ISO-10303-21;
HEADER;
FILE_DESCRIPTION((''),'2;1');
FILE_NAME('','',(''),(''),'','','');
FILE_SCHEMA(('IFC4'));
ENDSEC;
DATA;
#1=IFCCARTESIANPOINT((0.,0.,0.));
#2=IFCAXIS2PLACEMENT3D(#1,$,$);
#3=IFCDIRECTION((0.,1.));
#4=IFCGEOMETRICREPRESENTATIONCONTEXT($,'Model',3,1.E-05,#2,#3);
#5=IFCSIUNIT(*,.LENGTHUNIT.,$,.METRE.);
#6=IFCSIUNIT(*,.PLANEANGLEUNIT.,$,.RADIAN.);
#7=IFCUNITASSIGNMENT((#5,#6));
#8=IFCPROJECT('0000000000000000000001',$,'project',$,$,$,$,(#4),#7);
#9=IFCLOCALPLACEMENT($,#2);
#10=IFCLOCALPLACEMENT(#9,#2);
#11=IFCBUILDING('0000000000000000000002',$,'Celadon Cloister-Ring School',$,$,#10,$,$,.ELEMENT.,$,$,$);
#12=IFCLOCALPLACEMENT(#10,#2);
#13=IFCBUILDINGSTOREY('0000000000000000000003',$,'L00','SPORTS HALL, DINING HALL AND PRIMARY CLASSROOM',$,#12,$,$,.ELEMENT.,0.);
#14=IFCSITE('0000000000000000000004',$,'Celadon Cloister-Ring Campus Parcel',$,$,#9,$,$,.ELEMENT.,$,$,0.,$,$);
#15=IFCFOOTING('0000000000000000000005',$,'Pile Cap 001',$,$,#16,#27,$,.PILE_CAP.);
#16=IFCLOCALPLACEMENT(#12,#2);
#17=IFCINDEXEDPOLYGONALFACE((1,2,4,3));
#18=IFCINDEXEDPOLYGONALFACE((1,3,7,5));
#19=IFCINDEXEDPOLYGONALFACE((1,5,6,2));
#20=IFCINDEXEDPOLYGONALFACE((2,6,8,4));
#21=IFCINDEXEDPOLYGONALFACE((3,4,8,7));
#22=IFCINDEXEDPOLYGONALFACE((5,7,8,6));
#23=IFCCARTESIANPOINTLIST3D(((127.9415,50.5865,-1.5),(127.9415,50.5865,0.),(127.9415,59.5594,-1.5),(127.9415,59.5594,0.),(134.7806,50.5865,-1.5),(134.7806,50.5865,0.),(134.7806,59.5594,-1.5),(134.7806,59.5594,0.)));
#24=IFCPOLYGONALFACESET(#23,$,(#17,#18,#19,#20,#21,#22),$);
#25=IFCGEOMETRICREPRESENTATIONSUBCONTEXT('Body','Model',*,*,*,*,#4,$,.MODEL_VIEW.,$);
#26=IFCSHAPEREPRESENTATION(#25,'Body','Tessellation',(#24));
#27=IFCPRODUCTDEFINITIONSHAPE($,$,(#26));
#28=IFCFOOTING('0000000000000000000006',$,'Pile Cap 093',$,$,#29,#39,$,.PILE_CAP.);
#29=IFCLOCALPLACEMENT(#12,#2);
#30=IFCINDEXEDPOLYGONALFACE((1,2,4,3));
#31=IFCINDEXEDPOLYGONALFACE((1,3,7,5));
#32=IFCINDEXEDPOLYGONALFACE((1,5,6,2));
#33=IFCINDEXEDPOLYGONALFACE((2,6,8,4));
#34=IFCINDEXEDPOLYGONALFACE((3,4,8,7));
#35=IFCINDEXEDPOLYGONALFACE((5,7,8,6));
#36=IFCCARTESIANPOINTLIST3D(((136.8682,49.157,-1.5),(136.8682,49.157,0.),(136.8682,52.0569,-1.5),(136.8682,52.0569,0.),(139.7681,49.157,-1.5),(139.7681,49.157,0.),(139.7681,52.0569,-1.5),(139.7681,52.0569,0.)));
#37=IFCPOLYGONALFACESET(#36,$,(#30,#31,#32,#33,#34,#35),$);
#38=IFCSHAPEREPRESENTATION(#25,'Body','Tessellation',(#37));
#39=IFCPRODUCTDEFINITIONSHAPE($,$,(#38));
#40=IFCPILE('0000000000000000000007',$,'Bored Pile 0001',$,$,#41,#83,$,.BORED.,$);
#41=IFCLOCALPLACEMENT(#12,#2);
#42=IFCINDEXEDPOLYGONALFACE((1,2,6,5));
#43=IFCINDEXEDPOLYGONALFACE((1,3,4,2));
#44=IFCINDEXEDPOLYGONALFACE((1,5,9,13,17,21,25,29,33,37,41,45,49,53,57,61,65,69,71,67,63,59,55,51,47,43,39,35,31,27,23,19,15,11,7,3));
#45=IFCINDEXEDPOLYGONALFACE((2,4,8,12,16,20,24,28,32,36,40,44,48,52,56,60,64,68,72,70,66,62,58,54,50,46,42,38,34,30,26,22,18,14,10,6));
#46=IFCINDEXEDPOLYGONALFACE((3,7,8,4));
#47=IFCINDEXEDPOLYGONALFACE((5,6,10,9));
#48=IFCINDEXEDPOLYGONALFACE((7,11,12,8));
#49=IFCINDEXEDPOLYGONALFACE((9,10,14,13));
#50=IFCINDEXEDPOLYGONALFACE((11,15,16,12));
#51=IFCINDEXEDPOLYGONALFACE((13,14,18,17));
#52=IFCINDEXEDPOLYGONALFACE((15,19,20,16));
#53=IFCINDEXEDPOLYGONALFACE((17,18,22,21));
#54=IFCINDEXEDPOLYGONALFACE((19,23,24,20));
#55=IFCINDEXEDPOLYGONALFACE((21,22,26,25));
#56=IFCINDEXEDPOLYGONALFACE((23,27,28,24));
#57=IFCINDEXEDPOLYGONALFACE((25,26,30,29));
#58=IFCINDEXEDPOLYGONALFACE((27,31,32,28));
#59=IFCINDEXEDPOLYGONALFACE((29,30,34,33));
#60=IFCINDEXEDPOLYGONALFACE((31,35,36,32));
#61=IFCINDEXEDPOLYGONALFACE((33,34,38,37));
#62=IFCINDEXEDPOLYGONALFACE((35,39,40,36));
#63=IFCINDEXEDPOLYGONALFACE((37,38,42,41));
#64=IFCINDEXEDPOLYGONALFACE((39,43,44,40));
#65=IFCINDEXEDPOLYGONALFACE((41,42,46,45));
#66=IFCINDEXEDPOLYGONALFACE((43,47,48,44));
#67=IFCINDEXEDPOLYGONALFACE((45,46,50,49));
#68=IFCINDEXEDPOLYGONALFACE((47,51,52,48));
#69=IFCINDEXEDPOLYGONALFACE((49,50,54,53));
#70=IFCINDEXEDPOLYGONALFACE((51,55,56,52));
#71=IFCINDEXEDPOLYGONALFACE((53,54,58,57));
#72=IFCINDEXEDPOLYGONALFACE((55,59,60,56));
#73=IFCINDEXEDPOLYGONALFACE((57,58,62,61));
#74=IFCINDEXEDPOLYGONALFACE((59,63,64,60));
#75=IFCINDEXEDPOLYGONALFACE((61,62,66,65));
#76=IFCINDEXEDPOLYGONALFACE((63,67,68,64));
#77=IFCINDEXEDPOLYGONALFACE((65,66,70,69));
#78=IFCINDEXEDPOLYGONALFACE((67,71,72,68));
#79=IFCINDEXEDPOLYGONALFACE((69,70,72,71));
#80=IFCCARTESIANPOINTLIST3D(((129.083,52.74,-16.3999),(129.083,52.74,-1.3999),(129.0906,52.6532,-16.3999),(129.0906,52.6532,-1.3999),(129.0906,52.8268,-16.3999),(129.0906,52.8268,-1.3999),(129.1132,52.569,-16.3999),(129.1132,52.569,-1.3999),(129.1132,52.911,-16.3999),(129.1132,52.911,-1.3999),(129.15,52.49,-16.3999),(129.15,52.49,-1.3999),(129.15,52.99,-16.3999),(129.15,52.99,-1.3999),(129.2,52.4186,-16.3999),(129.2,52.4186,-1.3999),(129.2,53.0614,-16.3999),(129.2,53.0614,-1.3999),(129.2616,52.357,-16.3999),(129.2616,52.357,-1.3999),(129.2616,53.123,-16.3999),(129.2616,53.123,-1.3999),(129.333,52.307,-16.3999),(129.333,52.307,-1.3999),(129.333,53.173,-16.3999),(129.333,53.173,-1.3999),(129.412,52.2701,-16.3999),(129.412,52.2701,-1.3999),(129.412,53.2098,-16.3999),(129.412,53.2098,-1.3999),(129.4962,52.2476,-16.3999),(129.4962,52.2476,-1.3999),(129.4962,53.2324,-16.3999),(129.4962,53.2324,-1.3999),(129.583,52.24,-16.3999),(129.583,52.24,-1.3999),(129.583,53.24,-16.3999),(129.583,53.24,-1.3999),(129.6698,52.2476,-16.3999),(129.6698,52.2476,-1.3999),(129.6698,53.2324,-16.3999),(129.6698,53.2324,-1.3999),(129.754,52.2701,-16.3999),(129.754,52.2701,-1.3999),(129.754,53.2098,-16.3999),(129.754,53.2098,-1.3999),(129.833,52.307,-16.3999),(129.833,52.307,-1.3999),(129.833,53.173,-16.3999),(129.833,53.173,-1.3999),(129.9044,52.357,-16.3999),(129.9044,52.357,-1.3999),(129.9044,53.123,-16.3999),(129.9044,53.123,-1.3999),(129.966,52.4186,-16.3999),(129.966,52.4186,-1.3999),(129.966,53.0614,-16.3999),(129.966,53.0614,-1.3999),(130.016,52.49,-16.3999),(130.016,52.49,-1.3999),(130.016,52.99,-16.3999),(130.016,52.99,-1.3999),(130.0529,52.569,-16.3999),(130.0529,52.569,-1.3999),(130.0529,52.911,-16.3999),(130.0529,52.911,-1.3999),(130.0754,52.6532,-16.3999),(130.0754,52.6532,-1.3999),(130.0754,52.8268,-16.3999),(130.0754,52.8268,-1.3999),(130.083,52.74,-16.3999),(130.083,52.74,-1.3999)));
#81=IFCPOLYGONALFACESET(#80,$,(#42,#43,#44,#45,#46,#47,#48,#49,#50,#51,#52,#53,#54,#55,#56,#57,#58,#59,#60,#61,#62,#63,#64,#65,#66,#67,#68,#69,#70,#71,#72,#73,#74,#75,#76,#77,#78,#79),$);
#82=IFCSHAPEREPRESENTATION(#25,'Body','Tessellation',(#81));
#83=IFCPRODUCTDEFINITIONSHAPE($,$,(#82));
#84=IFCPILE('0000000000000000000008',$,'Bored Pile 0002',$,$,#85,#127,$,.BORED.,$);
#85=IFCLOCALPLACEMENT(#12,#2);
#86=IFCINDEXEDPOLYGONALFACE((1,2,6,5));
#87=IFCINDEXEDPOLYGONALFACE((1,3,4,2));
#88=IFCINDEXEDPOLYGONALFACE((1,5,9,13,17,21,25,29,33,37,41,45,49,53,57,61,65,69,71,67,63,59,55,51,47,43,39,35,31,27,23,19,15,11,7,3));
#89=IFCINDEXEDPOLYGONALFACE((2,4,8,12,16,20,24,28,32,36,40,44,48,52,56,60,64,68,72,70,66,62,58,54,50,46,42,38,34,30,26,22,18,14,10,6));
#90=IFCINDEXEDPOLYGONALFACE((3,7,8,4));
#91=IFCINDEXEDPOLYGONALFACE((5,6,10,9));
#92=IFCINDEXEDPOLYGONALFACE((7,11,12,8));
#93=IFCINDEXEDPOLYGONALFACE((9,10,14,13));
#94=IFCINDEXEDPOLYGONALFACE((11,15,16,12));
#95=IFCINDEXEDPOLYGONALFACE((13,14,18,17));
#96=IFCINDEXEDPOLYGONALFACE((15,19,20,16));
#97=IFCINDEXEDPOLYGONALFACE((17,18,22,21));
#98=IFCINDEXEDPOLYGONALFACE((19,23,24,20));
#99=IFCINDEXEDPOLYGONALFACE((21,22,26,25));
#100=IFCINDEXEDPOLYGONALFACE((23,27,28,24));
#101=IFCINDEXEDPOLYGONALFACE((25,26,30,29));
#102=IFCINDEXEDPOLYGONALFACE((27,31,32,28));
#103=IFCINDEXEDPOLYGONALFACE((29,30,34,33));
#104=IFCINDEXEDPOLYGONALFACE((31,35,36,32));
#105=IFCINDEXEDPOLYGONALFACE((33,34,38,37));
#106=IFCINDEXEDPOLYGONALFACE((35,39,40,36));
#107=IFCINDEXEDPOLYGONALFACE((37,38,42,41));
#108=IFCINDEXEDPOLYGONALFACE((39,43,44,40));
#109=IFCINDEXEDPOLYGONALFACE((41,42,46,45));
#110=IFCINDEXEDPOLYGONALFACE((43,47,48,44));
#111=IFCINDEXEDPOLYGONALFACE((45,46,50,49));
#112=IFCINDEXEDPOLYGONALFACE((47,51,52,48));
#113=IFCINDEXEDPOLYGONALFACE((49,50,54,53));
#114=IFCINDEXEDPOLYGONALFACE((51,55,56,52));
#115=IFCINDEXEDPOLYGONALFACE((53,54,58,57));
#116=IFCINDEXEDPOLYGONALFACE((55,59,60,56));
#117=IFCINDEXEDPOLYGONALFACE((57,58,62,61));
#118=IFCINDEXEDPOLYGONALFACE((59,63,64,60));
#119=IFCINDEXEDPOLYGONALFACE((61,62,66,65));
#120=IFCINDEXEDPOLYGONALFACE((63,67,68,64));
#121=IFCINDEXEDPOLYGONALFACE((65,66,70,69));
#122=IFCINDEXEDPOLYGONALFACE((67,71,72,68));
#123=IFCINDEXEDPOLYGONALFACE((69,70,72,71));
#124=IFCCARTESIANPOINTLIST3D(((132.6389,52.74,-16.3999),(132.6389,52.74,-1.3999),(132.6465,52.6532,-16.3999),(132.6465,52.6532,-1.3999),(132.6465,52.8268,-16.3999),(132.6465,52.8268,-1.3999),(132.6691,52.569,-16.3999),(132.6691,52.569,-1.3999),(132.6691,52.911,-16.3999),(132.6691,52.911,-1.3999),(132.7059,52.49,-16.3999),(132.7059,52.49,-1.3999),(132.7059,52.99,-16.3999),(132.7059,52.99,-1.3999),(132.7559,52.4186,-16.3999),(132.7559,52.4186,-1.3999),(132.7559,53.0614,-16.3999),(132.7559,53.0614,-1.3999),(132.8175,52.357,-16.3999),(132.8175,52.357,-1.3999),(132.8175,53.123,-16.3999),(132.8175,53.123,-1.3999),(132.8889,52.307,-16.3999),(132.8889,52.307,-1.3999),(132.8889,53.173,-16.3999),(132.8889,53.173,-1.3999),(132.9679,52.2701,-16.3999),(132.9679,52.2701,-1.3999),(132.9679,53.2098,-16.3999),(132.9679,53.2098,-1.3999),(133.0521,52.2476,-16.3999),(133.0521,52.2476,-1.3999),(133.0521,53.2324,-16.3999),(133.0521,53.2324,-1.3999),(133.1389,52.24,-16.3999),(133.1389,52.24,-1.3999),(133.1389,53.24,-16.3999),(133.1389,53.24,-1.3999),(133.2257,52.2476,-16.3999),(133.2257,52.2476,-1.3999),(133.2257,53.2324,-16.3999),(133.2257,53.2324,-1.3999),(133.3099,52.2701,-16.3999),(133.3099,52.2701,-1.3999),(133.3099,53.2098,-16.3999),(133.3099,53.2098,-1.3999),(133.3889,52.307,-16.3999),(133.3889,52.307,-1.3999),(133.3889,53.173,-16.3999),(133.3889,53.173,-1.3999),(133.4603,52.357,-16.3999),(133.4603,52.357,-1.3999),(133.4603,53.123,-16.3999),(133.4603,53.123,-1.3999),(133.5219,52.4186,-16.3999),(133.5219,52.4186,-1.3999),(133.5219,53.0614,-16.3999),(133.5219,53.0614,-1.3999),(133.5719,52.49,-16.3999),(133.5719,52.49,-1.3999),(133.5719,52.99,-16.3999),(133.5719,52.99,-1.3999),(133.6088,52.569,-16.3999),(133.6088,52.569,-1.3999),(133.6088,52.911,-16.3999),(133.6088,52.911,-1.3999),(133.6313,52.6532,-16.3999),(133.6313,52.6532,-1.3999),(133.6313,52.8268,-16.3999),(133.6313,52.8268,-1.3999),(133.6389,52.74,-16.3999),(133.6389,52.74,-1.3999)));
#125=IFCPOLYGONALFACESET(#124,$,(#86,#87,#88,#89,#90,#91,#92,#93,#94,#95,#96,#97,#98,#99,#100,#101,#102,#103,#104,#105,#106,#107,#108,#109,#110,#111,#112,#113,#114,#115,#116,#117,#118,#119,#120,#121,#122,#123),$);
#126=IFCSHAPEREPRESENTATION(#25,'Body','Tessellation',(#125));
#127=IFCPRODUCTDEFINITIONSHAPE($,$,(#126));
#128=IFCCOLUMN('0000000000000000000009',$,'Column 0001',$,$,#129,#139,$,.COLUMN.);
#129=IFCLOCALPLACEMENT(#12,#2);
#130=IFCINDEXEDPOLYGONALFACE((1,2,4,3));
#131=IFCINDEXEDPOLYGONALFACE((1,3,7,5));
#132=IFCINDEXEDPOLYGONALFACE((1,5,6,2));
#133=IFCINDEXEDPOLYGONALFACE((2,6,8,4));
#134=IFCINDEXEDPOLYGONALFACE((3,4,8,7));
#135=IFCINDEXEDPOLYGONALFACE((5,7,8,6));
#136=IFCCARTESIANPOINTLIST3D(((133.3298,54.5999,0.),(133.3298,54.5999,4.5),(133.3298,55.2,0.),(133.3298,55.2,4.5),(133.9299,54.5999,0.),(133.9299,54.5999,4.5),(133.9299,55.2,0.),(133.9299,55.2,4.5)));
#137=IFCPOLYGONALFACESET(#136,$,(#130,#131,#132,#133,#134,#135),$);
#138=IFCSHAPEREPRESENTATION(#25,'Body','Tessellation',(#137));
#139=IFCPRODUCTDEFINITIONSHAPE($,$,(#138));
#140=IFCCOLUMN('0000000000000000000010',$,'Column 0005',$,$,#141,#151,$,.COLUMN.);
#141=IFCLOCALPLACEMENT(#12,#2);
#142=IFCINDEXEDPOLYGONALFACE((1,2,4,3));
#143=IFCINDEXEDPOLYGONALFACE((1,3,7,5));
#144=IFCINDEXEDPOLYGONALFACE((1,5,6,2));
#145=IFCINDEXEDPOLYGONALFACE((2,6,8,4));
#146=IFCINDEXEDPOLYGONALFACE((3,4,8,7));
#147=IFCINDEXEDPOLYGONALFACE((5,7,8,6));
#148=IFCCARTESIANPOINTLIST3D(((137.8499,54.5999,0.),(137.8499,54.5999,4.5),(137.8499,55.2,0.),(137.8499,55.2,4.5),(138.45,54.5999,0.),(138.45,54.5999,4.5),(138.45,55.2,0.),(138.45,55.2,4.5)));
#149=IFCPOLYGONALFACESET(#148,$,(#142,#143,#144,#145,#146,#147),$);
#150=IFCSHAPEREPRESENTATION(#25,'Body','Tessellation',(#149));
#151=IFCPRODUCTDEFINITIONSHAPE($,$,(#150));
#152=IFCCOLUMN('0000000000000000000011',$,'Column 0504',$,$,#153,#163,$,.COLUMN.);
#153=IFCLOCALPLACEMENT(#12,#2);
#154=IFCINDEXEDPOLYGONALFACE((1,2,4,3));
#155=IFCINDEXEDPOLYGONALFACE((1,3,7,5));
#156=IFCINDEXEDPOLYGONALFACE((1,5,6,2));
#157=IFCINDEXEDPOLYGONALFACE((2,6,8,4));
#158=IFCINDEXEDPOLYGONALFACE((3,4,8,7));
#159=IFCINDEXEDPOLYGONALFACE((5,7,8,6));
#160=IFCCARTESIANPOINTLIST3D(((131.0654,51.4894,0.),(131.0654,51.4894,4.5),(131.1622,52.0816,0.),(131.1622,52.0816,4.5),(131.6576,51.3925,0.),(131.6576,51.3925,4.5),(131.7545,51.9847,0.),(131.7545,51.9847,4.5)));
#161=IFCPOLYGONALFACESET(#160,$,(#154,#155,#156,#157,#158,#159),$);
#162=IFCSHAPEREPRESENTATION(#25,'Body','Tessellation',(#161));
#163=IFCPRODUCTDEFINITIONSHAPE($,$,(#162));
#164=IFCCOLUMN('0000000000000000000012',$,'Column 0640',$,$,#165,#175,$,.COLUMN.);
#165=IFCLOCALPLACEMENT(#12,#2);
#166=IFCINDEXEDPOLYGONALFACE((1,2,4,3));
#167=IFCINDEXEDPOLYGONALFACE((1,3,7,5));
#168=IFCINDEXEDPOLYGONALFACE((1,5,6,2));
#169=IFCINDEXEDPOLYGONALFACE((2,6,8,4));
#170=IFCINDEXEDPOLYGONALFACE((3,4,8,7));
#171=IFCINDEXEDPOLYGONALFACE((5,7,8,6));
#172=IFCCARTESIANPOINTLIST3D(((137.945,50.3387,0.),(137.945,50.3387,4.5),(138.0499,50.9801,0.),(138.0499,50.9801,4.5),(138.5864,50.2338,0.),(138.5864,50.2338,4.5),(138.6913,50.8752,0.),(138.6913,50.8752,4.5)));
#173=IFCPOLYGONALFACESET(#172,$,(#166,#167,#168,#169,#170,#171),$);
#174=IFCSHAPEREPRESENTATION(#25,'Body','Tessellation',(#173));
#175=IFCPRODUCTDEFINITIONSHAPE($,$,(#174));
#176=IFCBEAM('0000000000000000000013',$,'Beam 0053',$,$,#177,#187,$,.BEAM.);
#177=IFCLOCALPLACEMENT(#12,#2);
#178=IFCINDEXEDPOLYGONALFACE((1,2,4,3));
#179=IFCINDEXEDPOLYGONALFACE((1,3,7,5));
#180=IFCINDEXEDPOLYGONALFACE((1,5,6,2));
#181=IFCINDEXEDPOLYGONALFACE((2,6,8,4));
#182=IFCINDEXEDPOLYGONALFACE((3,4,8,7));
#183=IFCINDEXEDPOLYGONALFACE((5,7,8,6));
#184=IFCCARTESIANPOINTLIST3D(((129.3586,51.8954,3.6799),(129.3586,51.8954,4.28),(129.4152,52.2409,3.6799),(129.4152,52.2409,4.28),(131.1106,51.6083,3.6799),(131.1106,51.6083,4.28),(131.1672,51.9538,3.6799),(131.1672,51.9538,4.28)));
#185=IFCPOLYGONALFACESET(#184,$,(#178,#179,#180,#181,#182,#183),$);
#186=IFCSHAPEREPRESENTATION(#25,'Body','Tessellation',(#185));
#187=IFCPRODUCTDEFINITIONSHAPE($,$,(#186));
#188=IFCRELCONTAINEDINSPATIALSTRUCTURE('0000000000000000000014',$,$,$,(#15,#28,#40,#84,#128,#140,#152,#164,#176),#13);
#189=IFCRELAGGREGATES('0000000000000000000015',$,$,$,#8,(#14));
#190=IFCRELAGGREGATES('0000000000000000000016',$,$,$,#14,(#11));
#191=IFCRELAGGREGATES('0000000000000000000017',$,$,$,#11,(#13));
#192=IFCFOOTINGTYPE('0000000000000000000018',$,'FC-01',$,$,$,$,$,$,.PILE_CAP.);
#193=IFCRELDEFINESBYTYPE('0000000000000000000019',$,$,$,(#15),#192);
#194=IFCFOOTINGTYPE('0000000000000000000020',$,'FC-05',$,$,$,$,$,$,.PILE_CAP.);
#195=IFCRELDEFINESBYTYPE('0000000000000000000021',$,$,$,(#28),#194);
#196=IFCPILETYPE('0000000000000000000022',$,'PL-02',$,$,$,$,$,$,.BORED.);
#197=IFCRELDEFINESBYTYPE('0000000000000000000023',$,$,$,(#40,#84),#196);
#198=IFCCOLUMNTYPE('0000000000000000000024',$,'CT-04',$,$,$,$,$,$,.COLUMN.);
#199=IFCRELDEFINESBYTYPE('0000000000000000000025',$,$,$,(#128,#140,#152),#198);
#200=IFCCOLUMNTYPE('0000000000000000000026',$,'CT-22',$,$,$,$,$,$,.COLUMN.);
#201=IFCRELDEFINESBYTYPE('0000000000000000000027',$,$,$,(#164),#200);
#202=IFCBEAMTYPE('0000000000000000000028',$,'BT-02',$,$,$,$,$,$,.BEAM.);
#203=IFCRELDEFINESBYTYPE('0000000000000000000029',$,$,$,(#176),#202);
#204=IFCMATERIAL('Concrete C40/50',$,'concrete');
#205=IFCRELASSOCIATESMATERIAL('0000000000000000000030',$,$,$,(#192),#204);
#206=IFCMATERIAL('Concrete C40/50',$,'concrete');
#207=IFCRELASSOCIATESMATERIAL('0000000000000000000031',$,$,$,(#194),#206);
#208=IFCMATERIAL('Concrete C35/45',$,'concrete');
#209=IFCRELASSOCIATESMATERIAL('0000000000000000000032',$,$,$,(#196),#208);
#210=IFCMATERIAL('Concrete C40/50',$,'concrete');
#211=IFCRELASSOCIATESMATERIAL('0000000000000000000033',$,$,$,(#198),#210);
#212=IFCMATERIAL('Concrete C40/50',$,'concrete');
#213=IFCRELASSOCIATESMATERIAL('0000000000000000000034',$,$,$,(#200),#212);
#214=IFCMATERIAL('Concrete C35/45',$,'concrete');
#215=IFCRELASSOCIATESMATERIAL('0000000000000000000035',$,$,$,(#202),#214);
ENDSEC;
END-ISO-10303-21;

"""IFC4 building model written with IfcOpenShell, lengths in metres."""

from ifc_helpers import new_model, si_unit, direction, frame, origin, origin_2d, place, context, subcontext, project, spatial, rectangle, circle, extrude, material, material_profile, profile_set, type_object, element, save


model = new_model("IFC4")

# Units and contexts
model_context = context("Model", 3, precision=1e-05, world=origin(), true_north=direction((0.0, 1.0)))
body_context = subcontext(model_context, "Body", "Model", "MODEL_VIEW")
ifc_project = project(units=[si_unit("LENGTHUNIT", "METRE"), si_unit("PLANEANGLEUNIT", "RADIAN")], contexts=[model_context])

# Site, building, storey
site_placement = place(None, origin())
site = spatial("IfcSite", under=ifc_project, at=site_placement, Name="Celadon Cloister-Ring Campus Parcel", CompositionType="ELEMENT", RefElevation=0.0)
building_placement = place(site_placement, origin())
building = spatial("IfcBuilding", under=site, at=building_placement, Name="Celadon Cloister-Ring School", CompositionType="ELEMENT")
storey_placement = place(building_placement, origin())
storey = spatial("IfcBuildingStorey", under=building, at=storey_placement, Name="L00", Description="SPORTS HALL, DINING HALL AND PRIMARY CLASSROOM", CompositionType="ELEMENT", Elevation=0.0)

# Footings
ifc_material_1 = material(Name="Concrete C40/50", Category="concrete")
footing_type_1 = type_object("IfcFootingType", Name="FC-01", PredefinedType="PILE_CAP", material=ifc_material_1)
footing_1_placement = place(storey_placement, frame((131.3611, 55.073, -1.5), z_axis=(0.0, 0.0, 1.0), x_axis=(1.0, 0.0, 0.0)))
element("IfcFooting", 1, at=footing_1_placement, inside=storey, type_object=footing_type_1, Name="Pile Cap 001", PredefinedType="PILE_CAP", context=body_context, shape_type="SweptSolid", body=[
    extrude(rectangle(XDim=6.8391, YDim=8.9729, at=origin_2d()), origin(), (0.0, 0.0, 1.0), 1.5),
])
ifc_material_2 = material(Name="Concrete C40/50", Category="concrete")
footing_type_2 = type_object("IfcFootingType", Name="FC-05", PredefinedType="PILE_CAP", material=ifc_material_2)
footing_2_placement = place(storey_placement, frame((138.3181, 50.6069, -1.5), z_axis=(0.0, 0.0, 1.0), x_axis=(1.0, 0.0, 0.0)))
element("IfcFooting", 2, at=footing_2_placement, inside=storey, type_object=footing_type_2, Name="Pile Cap 093", PredefinedType="PILE_CAP", context=body_context, shape_type="SweptSolid", body=[
    extrude(rectangle(XDim=2.8999, YDim=2.8999, at=origin_2d()), origin(), (0.0, 0.0, 1.0), 1.5),
])

# Piles
ifc_material_3 = material(Name="Concrete C35/45", Category="concrete")
ifc_material_profile_1 = material_profile(ifc_material_3, circle(Radius=0.5, at=origin_2d()), Name="PILE1000")
ifc_profile_set_1 = profile_set([ifc_material_profile_1], Name="Concrete C35/45")
pile_type = type_object("IfcPileType", Name="PL-02", PredefinedType="BORED", material=ifc_profile_set_1)
for number, where, z_axis, x_axis, name in (
    (3, (129.583, 52.74, -1.3999), (0.0, 0.0, -1.0), (1.0, 0.0, 0.0), "Bored Pile 0001"),
    (4, (133.1389, 52.74, -1.3999), (0.0, 0.0, -1.0), (1.0, 0.0, 0.0), "Bored Pile 0002"),
):
    element("IfcPile", number, at=place(storey_placement, frame(where, z_axis=z_axis, x_axis=x_axis)), inside=storey, type_object=pile_type, Name=name, PredefinedType="BORED", context=body_context, shape_type="SweptSolid", body=[
        extrude(circle(Radius=0.5, at=origin_2d()), origin(), (0.0, 0.0, 1.0), 15.0),
    ])

# Columns
ifc_material_4 = material(Name="Concrete C40/50", Category="concrete")
ifc_material_profile_2 = material_profile(ifc_material_4, rectangle(XDim=0.6001, YDim=0.6001, at=origin_2d()), Name="RC600X600")
ifc_profile_set_2 = profile_set([ifc_material_profile_2], Name="Concrete C40/50")
column_type_1 = type_object("IfcColumnType", Name="CT-04", PredefinedType="COLUMN", material=ifc_profile_set_2)
for number, where, z_axis, x_axis, name in (
    (5, (133.6299, 54.8999, 0.0), (0.0, 0.0, 1.0), (1.0, 0.0, 0.0), "Column 0001"),
    (6, (138.1499, 54.8999, 0.0), (0.0, 0.0, 1.0), (1.0, 0.0, 0.0), "Column 0005"),
    (7, (131.4099, 51.7371, 0.0), (0.0, 0.0, 1.0), (0.98689, -0.161397, 0.0), "Column 0504"),
):
    element("IfcColumn", number, at=place(storey_placement, frame(where, z_axis=z_axis, x_axis=x_axis)), inside=storey, type_object=column_type_1, Name=name, PredefinedType="COLUMN", context=body_context, shape_type="SweptSolid", body=[
        extrude(rectangle(XDim=0.6001, YDim=0.6001, at=origin_2d()), origin(), (0.0, 0.0, 1.0), 4.5),
    ])
ifc_material_5 = material(Name="Concrete C40/50", Category="concrete")
ifc_material_profile_3 = material_profile(ifc_material_5, rectangle(XDim=0.6499, YDim=0.6499, at=origin_2d()), Name="RC650X650")
ifc_profile_set_3 = profile_set([ifc_material_profile_3], Name="Concrete C40/50")
column_type_2 = type_object("IfcColumnType", Name="CT-22", PredefinedType="COLUMN", material=ifc_profile_set_3)
column_placement = place(storey_placement, frame((138.3181, 50.6069, 0.0), z_axis=(0.0, 0.0, 1.0), x_axis=(0.98689, -0.161397, 0.0)))
element("IfcColumn", 8, at=column_placement, inside=storey, type_object=column_type_2, Name="Column 0640", PredefinedType="COLUMN", context=body_context, shape_type="SweptSolid", body=[
    extrude(rectangle(XDim=0.6499, YDim=0.6499, at=origin_2d()), origin(), (0.0, 0.0, 1.0), 4.5),
])

# Beam
ifc_material_6 = material(Name="Concrete C35/45", Category="concrete")
ifc_material_profile_4 = material_profile(ifc_material_6, rectangle(XDim=0.3501, YDim=0.6001, at=origin_2d()), Name="RC350X600")
ifc_profile_set_4 = profile_set([ifc_material_profile_4], Name="Concrete C35/45")
beam_type_1 = type_object("IfcBeamType", Name="BT-02", PredefinedType="BEAM", material=ifc_profile_set_4)
beam_1_placement = place(storey_placement, frame((131.1389, 51.781, 3.98), z_axis=(-0.986836, 0.161722, 0.0), x_axis=(-0.161722, -0.986836, 0.0)))
element("IfcBeam", 9, at=beam_1_placement, inside=storey, type_object=beam_type_1, Name="Beam 0053", PredefinedType="BEAM", context=body_context, shape_type="SweptSolid", body=[
    extrude(rectangle(XDim=0.3501, YDim=0.6001, at=origin_2d()), origin(), (0.0, 0.0, 1.0), 1.7754),
])

save(model, "model.ifc")
